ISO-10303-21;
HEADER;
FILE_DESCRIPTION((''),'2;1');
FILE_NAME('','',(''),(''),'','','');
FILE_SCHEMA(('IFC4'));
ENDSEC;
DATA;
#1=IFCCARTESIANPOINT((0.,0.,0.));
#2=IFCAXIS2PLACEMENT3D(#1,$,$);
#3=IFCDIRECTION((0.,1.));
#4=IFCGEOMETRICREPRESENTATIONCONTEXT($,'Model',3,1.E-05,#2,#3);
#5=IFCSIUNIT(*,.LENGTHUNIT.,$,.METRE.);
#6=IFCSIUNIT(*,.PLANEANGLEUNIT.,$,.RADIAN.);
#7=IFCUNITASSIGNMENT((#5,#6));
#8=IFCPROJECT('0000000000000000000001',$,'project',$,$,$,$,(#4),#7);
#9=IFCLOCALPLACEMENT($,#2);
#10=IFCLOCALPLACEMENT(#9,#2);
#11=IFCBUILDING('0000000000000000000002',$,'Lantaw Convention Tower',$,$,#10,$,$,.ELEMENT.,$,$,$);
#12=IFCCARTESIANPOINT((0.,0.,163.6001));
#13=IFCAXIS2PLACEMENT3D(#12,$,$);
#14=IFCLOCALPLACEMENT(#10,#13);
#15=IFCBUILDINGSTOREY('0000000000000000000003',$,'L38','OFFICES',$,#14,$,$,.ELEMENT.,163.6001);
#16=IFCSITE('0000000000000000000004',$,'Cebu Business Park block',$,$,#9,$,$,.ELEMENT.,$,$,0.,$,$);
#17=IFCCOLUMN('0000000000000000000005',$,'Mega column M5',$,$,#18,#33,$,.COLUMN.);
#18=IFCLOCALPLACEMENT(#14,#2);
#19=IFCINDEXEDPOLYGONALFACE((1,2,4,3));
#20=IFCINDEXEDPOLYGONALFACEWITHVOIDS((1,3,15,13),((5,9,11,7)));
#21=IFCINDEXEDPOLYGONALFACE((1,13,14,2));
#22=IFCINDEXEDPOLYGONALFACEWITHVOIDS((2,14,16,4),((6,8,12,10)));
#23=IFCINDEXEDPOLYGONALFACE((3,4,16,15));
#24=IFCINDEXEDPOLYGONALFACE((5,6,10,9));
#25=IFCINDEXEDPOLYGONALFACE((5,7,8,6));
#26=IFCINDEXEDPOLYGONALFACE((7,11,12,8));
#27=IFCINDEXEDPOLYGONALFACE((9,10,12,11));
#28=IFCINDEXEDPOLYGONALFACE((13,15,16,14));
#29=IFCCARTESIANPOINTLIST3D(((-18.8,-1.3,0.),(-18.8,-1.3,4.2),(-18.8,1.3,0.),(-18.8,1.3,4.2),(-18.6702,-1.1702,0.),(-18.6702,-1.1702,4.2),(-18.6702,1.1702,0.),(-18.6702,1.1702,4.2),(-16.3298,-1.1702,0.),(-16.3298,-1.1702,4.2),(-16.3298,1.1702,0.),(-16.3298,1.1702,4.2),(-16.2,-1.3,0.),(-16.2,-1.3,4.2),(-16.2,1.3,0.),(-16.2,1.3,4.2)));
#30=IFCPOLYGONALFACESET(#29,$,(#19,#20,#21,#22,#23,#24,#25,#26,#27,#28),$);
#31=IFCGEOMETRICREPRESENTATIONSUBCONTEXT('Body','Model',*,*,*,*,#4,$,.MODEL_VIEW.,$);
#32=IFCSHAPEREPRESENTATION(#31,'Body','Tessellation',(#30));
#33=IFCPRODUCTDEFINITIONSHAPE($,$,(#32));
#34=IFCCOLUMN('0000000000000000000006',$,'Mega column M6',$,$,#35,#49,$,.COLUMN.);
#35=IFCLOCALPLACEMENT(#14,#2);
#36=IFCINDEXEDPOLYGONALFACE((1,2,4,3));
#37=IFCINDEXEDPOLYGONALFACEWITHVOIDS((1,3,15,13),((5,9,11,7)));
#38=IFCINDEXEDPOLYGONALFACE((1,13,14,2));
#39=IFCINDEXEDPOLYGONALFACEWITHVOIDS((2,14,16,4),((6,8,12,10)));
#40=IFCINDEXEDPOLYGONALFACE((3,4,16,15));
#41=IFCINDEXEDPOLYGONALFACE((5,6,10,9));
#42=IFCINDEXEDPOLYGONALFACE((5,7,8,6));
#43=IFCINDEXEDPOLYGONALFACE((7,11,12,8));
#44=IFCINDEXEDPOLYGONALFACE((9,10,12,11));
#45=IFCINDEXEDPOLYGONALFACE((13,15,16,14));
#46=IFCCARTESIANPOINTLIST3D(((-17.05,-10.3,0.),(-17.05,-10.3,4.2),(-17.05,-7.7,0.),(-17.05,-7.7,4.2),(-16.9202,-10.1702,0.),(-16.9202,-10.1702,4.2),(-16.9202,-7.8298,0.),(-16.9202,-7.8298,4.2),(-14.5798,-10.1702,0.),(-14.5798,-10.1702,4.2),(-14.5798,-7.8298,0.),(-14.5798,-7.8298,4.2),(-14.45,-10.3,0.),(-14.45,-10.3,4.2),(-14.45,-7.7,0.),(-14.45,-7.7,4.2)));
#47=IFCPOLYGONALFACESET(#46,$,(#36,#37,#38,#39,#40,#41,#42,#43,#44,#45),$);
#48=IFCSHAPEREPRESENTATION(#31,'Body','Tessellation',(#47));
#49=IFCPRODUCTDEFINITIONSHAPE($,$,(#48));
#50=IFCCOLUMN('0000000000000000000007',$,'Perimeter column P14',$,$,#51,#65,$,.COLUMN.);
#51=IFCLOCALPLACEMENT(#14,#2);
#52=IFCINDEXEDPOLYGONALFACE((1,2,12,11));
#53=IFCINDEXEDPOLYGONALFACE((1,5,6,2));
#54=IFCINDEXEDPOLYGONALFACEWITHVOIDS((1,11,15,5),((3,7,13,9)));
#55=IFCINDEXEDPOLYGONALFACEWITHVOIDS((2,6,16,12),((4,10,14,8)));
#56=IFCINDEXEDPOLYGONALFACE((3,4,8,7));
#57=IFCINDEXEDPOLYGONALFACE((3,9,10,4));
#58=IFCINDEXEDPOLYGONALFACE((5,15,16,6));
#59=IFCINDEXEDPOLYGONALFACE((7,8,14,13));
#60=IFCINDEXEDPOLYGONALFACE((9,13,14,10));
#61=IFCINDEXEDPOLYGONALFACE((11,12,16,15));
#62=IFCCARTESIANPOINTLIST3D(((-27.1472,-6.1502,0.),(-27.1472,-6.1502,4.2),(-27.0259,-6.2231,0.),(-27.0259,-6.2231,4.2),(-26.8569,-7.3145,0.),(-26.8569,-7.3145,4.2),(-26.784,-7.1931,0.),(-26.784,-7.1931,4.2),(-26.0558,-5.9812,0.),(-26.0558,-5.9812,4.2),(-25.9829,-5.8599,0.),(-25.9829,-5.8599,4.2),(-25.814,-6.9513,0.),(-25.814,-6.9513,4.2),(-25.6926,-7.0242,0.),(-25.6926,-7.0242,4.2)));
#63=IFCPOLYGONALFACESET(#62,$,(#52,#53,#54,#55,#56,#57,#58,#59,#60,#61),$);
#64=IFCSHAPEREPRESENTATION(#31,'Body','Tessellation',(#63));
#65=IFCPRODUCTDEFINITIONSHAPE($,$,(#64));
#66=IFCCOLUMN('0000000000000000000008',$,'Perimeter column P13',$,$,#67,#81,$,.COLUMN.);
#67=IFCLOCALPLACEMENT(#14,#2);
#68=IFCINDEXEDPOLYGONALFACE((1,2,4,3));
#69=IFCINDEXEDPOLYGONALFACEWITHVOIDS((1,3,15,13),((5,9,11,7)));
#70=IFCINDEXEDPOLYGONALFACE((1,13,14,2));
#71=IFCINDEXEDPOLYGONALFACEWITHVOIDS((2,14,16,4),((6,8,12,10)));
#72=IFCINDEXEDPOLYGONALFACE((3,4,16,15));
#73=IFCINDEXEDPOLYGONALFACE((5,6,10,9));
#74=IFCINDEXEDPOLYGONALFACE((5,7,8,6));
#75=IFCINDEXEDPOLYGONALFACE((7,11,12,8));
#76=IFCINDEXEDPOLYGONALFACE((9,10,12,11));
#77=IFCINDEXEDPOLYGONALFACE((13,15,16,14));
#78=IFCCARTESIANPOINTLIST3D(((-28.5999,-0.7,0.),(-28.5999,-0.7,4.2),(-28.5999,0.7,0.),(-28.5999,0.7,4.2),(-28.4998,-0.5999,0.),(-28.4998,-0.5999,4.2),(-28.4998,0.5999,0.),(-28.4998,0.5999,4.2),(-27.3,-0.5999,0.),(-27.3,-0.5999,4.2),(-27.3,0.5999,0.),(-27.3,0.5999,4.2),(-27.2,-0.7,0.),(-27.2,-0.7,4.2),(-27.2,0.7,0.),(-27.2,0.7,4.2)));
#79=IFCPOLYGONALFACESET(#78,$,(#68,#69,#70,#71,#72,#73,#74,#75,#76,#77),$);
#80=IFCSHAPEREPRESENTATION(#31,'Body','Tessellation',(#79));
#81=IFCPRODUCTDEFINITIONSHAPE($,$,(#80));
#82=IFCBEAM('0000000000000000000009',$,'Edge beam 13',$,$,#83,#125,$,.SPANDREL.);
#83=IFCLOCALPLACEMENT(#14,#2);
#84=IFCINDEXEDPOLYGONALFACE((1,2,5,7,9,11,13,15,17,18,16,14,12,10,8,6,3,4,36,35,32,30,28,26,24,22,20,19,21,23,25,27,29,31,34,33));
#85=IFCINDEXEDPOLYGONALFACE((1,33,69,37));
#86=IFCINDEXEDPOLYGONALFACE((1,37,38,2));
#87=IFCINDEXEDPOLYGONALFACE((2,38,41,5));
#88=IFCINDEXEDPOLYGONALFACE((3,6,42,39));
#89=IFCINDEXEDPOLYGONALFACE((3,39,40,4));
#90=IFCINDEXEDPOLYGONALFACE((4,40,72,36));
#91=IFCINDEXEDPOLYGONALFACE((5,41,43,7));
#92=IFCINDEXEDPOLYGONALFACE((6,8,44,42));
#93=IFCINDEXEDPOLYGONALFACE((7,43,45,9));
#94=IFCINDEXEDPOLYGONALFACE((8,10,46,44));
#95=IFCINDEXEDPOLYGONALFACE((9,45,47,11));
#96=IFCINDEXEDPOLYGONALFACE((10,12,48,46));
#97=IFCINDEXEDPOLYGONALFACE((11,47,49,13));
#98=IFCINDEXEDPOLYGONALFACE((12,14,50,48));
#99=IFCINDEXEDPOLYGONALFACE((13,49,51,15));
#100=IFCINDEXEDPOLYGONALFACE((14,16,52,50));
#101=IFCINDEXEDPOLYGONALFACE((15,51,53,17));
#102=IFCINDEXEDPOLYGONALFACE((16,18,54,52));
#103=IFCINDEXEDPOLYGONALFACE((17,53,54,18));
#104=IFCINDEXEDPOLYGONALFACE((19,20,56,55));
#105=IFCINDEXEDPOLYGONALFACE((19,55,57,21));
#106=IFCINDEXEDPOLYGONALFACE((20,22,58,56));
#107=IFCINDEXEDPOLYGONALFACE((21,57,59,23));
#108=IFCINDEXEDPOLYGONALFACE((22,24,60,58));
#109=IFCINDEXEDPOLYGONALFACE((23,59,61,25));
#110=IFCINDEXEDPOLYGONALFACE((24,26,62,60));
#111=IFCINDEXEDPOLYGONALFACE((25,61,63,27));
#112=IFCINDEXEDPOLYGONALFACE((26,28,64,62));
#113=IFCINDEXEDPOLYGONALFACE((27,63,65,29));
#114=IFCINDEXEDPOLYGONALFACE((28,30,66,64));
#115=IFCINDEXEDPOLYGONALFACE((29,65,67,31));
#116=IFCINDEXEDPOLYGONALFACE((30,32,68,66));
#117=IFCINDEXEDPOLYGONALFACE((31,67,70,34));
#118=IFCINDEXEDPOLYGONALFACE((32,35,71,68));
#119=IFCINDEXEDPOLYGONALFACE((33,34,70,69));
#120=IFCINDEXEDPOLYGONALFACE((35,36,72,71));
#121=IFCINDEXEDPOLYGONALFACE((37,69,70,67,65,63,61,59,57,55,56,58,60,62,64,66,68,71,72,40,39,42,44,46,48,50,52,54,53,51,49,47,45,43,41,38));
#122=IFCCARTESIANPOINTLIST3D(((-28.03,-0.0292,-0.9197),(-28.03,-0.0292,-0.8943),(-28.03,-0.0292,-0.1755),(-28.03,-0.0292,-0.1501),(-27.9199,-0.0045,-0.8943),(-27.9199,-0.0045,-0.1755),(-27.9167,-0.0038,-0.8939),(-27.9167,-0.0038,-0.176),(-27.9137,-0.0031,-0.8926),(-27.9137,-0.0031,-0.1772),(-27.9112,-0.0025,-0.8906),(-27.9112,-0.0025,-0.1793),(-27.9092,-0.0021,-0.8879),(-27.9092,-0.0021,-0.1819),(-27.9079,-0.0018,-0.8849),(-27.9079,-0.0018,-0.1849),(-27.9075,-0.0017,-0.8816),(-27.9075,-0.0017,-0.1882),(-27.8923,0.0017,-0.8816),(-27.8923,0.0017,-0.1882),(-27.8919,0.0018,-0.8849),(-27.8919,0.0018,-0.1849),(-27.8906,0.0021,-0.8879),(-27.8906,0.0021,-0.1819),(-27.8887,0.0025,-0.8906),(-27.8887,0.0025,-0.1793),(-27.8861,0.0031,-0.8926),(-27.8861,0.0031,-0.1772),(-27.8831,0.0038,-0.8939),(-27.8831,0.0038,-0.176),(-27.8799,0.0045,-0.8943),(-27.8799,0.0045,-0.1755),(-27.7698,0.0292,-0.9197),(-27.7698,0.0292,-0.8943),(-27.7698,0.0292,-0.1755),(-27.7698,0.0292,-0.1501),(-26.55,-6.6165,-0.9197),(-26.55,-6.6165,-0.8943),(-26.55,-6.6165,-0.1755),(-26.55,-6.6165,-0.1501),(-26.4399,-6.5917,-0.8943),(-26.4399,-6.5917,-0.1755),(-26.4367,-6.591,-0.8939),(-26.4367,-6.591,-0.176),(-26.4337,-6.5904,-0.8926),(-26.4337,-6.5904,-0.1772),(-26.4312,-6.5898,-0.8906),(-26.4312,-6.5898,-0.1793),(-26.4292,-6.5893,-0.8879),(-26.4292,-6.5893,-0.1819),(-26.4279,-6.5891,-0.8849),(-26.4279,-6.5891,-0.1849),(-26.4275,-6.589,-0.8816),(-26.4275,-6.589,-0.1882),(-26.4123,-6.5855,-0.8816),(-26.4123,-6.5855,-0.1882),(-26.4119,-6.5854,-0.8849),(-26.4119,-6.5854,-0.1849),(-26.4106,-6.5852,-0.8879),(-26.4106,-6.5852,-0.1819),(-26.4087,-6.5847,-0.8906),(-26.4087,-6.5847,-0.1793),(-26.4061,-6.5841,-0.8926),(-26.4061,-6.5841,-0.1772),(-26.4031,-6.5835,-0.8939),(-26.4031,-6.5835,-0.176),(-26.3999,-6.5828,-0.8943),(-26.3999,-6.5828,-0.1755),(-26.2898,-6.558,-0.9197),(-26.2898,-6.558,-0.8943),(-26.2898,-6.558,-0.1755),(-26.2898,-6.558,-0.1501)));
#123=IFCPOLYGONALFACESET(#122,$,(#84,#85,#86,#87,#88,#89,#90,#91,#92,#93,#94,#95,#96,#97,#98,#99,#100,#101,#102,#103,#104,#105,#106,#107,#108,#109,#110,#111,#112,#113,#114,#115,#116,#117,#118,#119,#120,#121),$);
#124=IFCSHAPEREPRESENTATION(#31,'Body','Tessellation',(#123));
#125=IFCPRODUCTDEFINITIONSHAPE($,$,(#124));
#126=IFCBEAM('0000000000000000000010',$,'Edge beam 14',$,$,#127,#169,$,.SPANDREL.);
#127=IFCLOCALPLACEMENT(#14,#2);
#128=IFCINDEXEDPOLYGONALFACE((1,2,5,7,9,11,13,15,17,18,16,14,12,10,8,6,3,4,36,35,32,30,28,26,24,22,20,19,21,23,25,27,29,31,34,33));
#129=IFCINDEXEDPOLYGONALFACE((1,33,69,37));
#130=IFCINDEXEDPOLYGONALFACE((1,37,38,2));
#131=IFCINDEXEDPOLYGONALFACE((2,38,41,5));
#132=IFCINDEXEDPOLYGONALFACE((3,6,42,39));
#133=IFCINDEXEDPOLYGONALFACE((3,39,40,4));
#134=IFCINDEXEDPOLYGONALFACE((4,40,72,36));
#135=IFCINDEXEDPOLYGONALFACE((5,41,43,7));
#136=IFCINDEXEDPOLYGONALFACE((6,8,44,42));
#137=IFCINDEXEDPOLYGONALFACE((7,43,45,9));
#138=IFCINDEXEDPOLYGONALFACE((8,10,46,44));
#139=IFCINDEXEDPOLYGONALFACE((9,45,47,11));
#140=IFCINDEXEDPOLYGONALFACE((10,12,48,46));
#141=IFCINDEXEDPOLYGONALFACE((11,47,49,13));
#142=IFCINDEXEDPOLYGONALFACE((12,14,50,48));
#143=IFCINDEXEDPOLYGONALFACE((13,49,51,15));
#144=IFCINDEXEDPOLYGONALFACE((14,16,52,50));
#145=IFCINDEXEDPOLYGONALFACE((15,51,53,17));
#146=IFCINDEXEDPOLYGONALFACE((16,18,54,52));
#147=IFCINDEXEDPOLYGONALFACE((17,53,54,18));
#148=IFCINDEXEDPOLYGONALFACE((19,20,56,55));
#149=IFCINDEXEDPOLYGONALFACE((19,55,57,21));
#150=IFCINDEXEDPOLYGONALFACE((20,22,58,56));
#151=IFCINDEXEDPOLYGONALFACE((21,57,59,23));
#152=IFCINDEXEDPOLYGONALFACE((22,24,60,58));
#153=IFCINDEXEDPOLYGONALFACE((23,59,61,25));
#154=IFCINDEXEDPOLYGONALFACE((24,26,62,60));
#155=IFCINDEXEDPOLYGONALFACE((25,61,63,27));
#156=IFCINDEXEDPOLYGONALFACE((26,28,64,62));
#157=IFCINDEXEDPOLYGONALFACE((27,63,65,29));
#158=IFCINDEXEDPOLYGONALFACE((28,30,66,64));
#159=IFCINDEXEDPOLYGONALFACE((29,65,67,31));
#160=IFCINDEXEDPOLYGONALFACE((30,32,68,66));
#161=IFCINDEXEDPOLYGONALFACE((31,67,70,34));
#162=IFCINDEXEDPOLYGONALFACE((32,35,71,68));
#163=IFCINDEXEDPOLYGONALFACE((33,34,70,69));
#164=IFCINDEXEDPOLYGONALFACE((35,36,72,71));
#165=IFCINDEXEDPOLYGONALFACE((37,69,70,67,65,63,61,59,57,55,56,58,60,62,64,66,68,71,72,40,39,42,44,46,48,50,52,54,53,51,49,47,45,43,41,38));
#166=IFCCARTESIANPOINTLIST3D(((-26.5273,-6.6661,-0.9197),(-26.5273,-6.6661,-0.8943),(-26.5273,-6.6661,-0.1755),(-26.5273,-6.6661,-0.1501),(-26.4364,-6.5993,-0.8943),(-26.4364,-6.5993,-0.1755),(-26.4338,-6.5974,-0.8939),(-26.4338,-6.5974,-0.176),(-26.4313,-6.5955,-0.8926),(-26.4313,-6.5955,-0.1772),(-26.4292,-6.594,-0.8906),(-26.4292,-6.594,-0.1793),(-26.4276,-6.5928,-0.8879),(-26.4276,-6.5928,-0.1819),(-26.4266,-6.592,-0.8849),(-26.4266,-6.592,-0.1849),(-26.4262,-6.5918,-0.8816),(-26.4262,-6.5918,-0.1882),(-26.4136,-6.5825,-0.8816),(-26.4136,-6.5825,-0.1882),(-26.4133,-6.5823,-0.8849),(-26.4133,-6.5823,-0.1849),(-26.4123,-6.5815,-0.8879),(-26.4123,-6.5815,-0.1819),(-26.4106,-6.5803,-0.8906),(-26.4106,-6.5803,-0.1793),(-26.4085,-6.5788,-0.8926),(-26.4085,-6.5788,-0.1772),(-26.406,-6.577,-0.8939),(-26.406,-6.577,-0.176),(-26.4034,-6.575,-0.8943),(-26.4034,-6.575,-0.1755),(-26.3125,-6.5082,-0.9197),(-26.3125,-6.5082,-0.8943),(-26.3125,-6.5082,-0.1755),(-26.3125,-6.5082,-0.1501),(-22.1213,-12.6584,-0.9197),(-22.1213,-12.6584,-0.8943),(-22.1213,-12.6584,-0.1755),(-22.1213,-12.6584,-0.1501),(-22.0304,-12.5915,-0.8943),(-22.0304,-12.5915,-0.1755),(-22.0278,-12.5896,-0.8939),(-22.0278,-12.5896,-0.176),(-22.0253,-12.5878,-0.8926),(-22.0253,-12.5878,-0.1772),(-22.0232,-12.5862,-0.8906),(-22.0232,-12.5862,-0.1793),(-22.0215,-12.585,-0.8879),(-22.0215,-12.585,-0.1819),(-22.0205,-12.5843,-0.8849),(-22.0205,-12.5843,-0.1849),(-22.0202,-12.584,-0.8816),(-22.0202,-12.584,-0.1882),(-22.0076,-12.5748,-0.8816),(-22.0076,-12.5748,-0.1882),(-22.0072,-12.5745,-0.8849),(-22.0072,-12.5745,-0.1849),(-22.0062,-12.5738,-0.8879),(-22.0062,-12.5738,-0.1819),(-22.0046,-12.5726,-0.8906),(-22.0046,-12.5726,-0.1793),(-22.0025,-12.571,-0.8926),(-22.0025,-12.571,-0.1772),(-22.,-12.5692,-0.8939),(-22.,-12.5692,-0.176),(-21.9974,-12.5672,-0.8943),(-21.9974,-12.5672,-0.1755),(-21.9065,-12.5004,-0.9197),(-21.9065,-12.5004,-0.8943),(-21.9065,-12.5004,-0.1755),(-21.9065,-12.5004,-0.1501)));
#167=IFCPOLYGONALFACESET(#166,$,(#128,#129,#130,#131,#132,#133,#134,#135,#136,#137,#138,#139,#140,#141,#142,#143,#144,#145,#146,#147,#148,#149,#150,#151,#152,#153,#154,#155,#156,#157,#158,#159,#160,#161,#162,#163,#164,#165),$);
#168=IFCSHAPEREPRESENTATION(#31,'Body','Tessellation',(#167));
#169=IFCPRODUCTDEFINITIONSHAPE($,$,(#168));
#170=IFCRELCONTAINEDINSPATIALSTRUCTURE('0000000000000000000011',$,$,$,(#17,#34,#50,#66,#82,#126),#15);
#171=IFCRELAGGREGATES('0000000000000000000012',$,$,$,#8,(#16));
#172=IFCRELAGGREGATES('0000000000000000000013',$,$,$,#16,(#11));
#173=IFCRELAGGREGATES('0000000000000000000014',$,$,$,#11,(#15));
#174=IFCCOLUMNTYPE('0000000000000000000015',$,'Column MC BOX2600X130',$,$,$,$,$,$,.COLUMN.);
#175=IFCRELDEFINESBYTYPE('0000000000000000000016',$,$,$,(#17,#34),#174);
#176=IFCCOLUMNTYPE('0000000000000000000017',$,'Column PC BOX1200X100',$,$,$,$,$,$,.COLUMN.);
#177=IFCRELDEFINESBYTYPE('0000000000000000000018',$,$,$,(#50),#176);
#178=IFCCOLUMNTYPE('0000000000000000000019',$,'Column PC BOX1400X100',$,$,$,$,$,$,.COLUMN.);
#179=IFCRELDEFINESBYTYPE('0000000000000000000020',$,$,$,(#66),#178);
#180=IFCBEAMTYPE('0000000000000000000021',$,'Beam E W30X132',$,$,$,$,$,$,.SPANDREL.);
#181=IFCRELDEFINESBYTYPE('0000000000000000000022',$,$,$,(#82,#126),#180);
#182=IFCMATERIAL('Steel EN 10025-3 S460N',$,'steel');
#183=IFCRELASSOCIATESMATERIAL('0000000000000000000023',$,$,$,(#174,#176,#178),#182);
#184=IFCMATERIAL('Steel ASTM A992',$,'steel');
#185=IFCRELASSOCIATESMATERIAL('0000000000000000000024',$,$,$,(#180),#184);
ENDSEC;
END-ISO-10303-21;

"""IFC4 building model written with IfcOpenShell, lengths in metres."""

from ifc_helpers import new_model, si_unit, direction, frame, origin, origin_2d, place, context, subcontext, project, spatial, rectangle, hollow_rectangle, i_section, extrude, material, material_profile, profile_set, type_object, element, save


model = new_model("IFC4")

# Units and contexts
model_context = context("Model", 3, precision=1e-05, world=origin(), true_north=direction((0.0, 1.0)))
body_context = subcontext(model_context, "Body", "Model", "MODEL_VIEW")
ifc_project = project(units=[si_unit("LENGTHUNIT", "METRE"), si_unit("PLANEANGLEUNIT", "RADIAN")], contexts=[model_context])

# Site, building, storey
site_placement = place(None, origin())
site = spatial("IfcSite", under=ifc_project, at=site_placement, Name="Cebu Business Park block", CompositionType="ELEMENT", RefElevation=0.0)
building_placement = place(site_placement, origin())
building = spatial("IfcBuilding", under=site, at=building_placement, Name="Lantaw Convention Tower", CompositionType="ELEMENT")
storey_placement = place(building_placement, frame((0.0, 0.0, 163.6001)))
storey = spatial("IfcBuildingStorey", under=building, at=storey_placement, Name="L38", Description="OFFICES", CompositionType="ELEMENT", Elevation=163.6001)

# Columns
ifc_material_1 = material(Name="Steel EN 10025-3 S460N", Category="steel")
ifc_material_profile_1 = material_profile(ifc_material_1, hollow_rectangle(XDim=2.6001, YDim=2.6001, WallThickness=0.1299, at=origin_2d()), Name="BOX2600X130")
ifc_material_2 = material(Name="Concrete C60/75", Category="concrete")
ifc_material_profile_2 = material_profile(ifc_material_2, rectangle(XDim=2.3401, YDim=2.3401, at=origin_2d()), Name="Concrete fill of BOX2600X130")
ifc_profile_set_1 = profile_set([ifc_material_profile_1, ifc_material_profile_2], Name="Steel EN 10025-3 S460N")
column_type_1 = type_object("IfcColumnType", Name="Column MC BOX2600X130", PredefinedType="COLUMN", material=ifc_profile_set_1)
for number, where, z_axis, x_axis, name in (
    (1, (-17.5, 0.0, 0.0), (0.0, 0.0, 1.0), (1.0, 0.0, 0.0), "Mega column M5"),
    (2, (-15.75, -9.0, 0.0), (0.0, 0.0, 1.0), (1.0, 0.0, 0.0), "Mega column M6"),
):
    element("IfcColumn", number, at=place(storey_placement, frame(where, z_axis=z_axis, x_axis=x_axis)), inside=storey, type_object=column_type_1, Name=name, PredefinedType="COLUMN", context=body_context, shape_type="SweptSolid", body=[
        extrude(hollow_rectangle(XDim=2.6001, YDim=2.6001, WallThickness=0.1299, at=origin_2d()), origin(), (0.0, 0.0, 1.0), 4.2),
    ])
ifc_material_profile_3 = material_profile(ifc_material_1, hollow_rectangle(XDim=1.2, YDim=1.2, WallThickness=0.1001, at=origin_2d()), Name="BOX1200X100")
ifc_material_profile_4 = material_profile(ifc_material_2, rectangle(XDim=1.0, YDim=1.0, at=origin_2d()), Name="Concrete fill of BOX1200X100")
ifc_profile_set_2 = profile_set([ifc_material_profile_3, ifc_material_profile_4], Name="Steel EN 10025-3 S460N")
column_type_2 = type_object("IfcColumnType", Name="Column PC BOX1200X100", PredefinedType="COLUMN", material=ifc_profile_set_2)
column_1_placement = place(storey_placement, frame((-26.4199, -6.5872, 0.0), z_axis=(0.0, 0.0, 1.0), x_axis=(0.970296, 0.241922, 0.0)))
element("IfcColumn", 3, at=column_1_placement, inside=storey, type_object=column_type_2, Name="Perimeter column P14", PredefinedType="COLUMN", context=body_context, shape_type="SweptSolid", body=[
    extrude(hollow_rectangle(XDim=1.2, YDim=1.2, WallThickness=0.1001, at=origin_2d()), origin(), (0.0, 0.0, 1.0), 4.2),
])
ifc_material_profile_5 = material_profile(ifc_material_1, hollow_rectangle(XDim=1.3999, YDim=1.3999, WallThickness=0.1001, at=origin_2d()), Name="BOX1400X100")
ifc_material_profile_6 = material_profile(ifc_material_2, rectangle(XDim=1.2, YDim=1.2, at=origin_2d()), Name="Concrete fill of BOX1400X100")
ifc_profile_set_3 = profile_set([ifc_material_profile_5, ifc_material_profile_6], Name="Steel EN 10025-3 S460N")
column_type_3 = type_object("IfcColumnType", Name="Column PC BOX1400X100", PredefinedType="COLUMN", material=ifc_profile_set_3)
column_2_placement = place(storey_placement, frame((-27.8999, 0.0, 0.0), z_axis=(0.0, 0.0, 1.0), x_axis=(1.0, 0.0, 0.0)))
element("IfcColumn", 4, at=column_2_placement, inside=storey, type_object=column_type_3, Name="Perimeter column P13", PredefinedType="COLUMN", context=body_context, shape_type="SweptSolid", body=[
    extrude(hollow_rectangle(XDim=1.3999, YDim=1.3999, WallThickness=0.1001, at=origin_2d()), origin(), (0.0, 0.0, 1.0), 4.2),
])

# Beams
ifc_material_3 = material(Name="Steel ASTM A992", Category="steel")
ifc_material_profile_7 = material_profile(ifc_material_3, i_section(OverallWidth=0.2666, OverallDepth=0.7695, WebThickness=0.0156, FlangeThickness=0.0254, FilletRadius=0.0127, at=origin_2d()), Name="W30X132")
ifc_profile_set_4 = profile_set([ifc_material_profile_7], Name="Steel ASTM A992")
beam_type_1 = type_object("IfcBeamType", Name="Beam E W30X132", PredefinedType="SPANDREL", material=ifc_profile_set_4)
beam_1_placement = place(storey_placement, frame((-27.8999, 0.0, -0.5349), z_axis=(0.219212, -0.975677, 0.0), x_axis=(0.975677, 0.219212, 0.0)))
element("IfcBeam", 5, at=beam_1_placement, inside=storey, type_object=beam_type_1, Name="Edge beam 13", PredefinedType="SPANDREL", context=body_context, shape_type="SweptSolid", body=[
    extrude(i_section(OverallWidth=0.2666, OverallDepth=0.7695, WebThickness=0.0156, FlangeThickness=0.0254, FilletRadius=0.0127, at=origin_2d()), origin(), (0.0, 0.0, 1.0), 6.7515),
])
beam_2_placement = place(storey_placement, frame((-26.4199, -6.5872, -0.5349), z_axis=(0.592389, -0.805652, 0.0), x_axis=(0.805652, 0.592389, 0.0)))
element("IfcBeam", 6, at=beam_2_placement, inside=storey, type_object=beam_type_1, Name="Edge beam 14", PredefinedType="SPANDREL", context=body_context, shape_type="SweptSolid", body=[
    extrude(i_section(OverallWidth=0.2666, OverallDepth=0.7695, WebThickness=0.0156, FlangeThickness=0.0254, FilletRadius=0.0127, at=origin_2d()), origin(), (0.0, 0.0, 1.0), 7.4377),
])

save(model, "model.ifc")
